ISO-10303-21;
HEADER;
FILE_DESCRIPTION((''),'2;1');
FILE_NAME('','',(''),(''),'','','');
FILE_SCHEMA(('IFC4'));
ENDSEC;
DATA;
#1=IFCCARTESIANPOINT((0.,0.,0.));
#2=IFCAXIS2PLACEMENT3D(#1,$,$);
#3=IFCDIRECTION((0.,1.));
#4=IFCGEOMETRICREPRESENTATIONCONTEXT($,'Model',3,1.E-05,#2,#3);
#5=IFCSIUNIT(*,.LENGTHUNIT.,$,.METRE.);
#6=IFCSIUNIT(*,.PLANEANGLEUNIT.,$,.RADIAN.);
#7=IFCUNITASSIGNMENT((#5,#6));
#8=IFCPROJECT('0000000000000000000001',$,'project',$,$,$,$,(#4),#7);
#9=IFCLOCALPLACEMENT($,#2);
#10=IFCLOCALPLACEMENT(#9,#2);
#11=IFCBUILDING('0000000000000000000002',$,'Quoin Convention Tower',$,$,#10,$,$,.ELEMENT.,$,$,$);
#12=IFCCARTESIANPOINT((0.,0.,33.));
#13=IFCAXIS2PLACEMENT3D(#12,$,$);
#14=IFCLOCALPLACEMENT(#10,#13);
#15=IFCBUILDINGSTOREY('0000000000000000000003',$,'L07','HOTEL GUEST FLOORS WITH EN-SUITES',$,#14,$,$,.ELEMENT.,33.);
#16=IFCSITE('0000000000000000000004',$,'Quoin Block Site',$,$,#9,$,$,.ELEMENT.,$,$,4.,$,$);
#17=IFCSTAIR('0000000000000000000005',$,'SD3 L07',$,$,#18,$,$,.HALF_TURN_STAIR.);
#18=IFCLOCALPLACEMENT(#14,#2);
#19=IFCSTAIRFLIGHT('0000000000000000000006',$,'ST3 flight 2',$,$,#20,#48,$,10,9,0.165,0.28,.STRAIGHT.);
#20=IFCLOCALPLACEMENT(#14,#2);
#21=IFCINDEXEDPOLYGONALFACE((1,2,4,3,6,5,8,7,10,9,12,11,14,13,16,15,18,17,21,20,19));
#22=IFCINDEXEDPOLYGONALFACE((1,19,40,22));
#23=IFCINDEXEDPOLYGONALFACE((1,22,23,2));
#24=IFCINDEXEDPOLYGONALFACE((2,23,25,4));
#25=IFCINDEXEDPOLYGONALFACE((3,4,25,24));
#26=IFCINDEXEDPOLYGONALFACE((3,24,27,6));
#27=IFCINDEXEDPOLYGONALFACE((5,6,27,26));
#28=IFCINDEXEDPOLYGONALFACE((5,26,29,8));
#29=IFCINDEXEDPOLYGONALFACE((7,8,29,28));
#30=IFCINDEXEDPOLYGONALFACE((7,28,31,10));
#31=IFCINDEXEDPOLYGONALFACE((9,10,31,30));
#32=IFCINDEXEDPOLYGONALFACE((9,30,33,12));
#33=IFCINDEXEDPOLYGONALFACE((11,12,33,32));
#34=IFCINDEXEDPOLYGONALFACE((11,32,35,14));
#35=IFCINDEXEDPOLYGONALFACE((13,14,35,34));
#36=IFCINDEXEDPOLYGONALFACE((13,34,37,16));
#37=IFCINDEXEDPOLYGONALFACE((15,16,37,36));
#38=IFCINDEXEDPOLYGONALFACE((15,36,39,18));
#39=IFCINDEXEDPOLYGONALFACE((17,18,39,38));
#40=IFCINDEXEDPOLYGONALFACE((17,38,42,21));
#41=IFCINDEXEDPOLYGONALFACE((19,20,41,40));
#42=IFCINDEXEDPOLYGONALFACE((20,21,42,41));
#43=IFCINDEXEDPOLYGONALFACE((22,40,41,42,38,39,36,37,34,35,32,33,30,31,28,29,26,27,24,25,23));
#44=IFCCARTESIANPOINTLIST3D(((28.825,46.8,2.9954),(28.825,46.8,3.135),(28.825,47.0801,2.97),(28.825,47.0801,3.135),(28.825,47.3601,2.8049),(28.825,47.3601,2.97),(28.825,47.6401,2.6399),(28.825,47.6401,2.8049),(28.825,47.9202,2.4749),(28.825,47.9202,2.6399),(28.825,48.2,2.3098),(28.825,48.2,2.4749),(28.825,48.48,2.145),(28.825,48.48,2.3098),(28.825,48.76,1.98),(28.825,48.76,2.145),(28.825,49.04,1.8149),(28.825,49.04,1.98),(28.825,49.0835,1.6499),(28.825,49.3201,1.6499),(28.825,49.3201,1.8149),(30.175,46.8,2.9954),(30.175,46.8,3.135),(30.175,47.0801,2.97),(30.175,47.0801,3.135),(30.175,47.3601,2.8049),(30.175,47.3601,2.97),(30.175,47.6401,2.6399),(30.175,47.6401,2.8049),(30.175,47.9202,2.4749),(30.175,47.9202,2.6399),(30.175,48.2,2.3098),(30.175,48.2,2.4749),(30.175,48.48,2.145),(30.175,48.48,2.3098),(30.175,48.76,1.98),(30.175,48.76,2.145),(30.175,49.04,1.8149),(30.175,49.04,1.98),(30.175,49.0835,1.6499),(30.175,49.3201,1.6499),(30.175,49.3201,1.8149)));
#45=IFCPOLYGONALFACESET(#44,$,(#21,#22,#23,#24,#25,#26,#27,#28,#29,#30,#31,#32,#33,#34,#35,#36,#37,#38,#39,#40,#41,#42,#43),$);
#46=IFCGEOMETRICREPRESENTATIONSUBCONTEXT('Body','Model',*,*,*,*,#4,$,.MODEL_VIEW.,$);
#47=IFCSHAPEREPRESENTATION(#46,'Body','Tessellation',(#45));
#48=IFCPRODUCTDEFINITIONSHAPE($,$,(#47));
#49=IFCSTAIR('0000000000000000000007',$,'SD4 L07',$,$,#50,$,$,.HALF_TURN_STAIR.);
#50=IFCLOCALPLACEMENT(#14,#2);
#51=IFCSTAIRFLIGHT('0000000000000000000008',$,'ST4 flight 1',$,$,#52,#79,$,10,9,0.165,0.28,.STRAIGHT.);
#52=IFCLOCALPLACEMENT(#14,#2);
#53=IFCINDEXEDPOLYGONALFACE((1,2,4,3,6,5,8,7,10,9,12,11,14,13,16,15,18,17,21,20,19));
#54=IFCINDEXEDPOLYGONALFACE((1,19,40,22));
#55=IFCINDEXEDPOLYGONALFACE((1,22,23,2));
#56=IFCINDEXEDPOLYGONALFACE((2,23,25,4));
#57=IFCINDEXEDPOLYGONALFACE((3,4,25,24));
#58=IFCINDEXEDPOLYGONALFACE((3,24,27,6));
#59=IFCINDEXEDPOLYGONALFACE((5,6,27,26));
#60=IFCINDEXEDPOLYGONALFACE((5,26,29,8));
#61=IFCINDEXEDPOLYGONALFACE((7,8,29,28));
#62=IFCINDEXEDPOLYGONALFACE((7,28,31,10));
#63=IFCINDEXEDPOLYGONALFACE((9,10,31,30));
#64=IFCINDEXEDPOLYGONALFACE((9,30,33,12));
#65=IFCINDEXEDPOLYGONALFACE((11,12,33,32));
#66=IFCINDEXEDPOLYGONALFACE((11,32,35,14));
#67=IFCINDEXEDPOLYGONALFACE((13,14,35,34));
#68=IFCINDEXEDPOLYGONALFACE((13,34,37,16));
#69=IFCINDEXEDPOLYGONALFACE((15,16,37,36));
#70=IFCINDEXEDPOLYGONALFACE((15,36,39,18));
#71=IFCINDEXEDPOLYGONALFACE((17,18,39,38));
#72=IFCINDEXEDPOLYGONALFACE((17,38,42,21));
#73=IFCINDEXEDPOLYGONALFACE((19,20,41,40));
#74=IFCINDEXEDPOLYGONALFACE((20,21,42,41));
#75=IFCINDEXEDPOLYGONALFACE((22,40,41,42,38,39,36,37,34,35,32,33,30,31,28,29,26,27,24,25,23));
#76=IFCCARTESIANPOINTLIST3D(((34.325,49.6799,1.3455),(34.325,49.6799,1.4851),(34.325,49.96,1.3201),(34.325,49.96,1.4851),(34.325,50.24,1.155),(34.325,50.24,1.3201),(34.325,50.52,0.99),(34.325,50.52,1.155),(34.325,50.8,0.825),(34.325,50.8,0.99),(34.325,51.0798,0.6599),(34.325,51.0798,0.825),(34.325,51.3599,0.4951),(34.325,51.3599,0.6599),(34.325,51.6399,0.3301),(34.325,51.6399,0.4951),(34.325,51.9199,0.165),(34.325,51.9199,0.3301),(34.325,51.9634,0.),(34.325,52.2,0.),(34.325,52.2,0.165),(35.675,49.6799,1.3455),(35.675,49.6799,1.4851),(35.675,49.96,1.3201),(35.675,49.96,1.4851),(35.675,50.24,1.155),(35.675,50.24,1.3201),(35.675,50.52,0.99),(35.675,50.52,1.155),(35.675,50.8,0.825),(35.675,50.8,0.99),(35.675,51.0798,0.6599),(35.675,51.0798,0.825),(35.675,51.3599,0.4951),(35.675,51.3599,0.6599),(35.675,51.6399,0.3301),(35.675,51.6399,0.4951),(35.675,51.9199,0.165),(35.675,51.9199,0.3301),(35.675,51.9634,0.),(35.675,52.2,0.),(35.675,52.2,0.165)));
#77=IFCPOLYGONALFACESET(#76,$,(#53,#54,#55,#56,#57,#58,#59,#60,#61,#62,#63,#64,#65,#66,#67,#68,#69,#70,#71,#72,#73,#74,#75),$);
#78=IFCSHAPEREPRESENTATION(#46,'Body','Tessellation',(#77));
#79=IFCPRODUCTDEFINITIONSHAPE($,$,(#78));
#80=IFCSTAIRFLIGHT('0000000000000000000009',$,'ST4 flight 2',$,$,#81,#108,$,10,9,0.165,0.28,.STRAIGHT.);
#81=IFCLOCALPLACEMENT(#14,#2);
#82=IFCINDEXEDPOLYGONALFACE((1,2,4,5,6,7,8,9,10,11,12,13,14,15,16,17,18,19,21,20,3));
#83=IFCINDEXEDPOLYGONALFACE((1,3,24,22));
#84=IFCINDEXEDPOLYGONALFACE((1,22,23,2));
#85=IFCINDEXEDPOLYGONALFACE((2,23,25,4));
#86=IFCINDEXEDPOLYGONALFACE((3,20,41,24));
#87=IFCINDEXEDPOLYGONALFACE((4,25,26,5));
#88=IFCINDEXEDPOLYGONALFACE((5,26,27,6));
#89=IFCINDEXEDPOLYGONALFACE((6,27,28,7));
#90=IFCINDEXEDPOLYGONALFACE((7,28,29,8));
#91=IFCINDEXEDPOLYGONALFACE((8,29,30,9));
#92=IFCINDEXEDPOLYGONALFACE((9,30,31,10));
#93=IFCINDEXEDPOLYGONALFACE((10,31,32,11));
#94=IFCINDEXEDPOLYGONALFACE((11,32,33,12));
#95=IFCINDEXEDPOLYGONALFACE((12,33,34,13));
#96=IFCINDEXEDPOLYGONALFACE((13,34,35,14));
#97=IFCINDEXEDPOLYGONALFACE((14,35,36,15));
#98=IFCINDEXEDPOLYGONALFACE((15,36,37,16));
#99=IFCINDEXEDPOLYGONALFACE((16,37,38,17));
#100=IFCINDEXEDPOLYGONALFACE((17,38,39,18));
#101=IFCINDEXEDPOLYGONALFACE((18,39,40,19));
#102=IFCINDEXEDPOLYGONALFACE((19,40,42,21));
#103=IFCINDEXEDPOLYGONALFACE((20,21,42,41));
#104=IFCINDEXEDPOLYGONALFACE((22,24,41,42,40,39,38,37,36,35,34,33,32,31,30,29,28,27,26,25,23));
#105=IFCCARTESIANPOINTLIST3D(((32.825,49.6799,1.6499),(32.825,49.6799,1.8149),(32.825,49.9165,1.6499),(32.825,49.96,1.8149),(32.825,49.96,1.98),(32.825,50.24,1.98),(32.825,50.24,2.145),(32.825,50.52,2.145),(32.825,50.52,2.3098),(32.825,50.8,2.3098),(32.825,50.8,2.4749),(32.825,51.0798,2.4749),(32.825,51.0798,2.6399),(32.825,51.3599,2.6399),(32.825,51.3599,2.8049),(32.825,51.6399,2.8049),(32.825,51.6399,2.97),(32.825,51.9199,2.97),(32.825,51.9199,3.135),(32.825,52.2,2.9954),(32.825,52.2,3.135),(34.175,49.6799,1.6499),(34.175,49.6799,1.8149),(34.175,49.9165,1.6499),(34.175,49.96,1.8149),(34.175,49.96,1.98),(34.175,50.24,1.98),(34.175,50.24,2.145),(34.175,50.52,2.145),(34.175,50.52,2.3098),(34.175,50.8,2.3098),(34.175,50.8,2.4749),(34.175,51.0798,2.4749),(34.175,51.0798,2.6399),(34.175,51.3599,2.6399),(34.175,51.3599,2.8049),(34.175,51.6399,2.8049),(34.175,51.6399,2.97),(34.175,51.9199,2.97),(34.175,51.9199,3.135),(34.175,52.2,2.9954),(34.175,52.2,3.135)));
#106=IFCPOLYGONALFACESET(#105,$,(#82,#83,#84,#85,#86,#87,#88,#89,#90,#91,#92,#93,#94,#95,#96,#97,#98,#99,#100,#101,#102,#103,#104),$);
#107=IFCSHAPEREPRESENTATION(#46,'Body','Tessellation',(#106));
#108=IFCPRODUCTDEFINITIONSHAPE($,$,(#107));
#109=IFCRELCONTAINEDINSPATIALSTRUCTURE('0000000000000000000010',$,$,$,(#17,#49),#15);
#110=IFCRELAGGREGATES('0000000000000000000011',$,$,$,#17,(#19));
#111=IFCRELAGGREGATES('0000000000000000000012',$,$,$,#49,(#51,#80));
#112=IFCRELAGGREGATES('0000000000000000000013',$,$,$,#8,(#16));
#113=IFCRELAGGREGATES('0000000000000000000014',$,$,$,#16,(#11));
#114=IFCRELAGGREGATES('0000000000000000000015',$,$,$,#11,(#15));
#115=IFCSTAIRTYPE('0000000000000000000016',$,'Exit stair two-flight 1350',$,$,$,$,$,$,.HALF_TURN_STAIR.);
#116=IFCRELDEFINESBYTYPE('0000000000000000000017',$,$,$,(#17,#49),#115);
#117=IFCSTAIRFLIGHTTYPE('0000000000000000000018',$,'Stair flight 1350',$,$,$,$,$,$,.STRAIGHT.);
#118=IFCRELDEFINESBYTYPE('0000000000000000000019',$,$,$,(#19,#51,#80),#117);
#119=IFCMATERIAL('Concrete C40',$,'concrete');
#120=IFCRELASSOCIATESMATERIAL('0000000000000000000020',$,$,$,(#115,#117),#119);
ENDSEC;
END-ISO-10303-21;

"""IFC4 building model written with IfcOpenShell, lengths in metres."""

from ifc_helpers import new_model, si_unit, direction, frame, origin, place, context, subcontext, project, spatial, polyline, outline, extrude, material, type_object, element, aggregate, save


model = new_model("IFC4")

# Units and contexts
model_context = context("Model", 3, precision=1e-05, world=origin(), true_north=direction((0.0, 1.0)))
body_context = subcontext(model_context, "Body", "Model", "MODEL_VIEW")
ifc_project = project(units=[si_unit("LENGTHUNIT", "METRE"), si_unit("PLANEANGLEUNIT", "RADIAN")], contexts=[model_context])

# Site, building, storey
site_placement = place(None, origin())
site = spatial("IfcSite", under=ifc_project, at=site_placement, Name="Quoin Block Site", CompositionType="ELEMENT", RefElevation=4.0)
building_placement = place(site_placement, origin())
building = spatial("IfcBuilding", under=site, at=building_placement, Name="Quoin Convention Tower", CompositionType="ELEMENT")
storey_placement = place(building_placement, frame((0.0, 0.0, 33.0)))
storey = spatial("IfcBuildingStorey", under=building, at=storey_placement, Name="L07", Description="HOTEL GUEST FLOORS WITH EN-SUITES", CompositionType="ELEMENT", Elevation=33.0)

# Stairs, stair flights
ifc_material_1 = material(Name="Concrete C40", Category="concrete")
stair_type = type_object("IfcStairType", Name="Exit stair two-flight 1350", PredefinedType="HALF_TURN_STAIR", material=ifc_material_1)
stair_1_placement = place(storey_placement, origin())
stair_1 = element("IfcStair", 1, at=stair_1_placement, inside=storey, type_object=stair_type, Name="SD3 L07", PredefinedType="HALF_TURN_STAIR")
stair_flight_type = type_object("IfcStairFlightType", Name="Stair flight 1350", PredefinedType="STRAIGHT", material=ifc_material_1)
stair_flight_1_placement = place(storey_placement, frame((29.5, 49.3201, 1.6499), z_axis=(0.0, 0.0, 1.0), x_axis=(0.0, -1.0, 0.0)))
stair_flight_1 = element("IfcStairFlight", 2, at=stair_flight_1_placement, type_object=stair_flight_type, Name="ST3 flight 2", NumberOfRisers=10, NumberOfTreads=9, PredefinedType="STRAIGHT", RiserHeight=0.165, TreadLength=0.28, context=body_context, shape_type="SweptSolid", body=[
    extrude(outline(polyline([(0.0, 0.0), (0.0, 0.165), (0.28, 0.165), (0.28, 0.3301), (0.5601, 0.3301), (0.5601, 0.4951), (0.8401, 0.4951), (0.8401, 0.6599), (1.1201, 0.6599), (1.1201, 0.825), (1.3999, 0.825), (1.3999, 0.99), (1.6799, 0.99), (1.6799, 1.155), (1.96, 1.155), (1.96, 1.3201), (2.24, 1.3201), (2.24, 1.4851), (2.52, 1.4851), (2.52, 1.6499), (2.52, 1.3455), (0.2366, 0.0), (0.0, 0.0)])), frame((0.0, 0.675, 0.0), z_axis=(0.0, -1.0, 0.0), x_axis=(1.0, 0.0, 0.0)), (0.0, 0.0, 1.0), 1.3501),
])
aggregate(stair_1, [stair_flight_1])
stair_2_placement = place(storey_placement, origin())
stair_2 = element("IfcStair", 3, at=stair_2_placement, inside=storey, type_object=stair_type, Name="SD4 L07", PredefinedType="HALF_TURN_STAIR")
stair_flight_2_placement = place(storey_placement, frame((35.0, 52.2, 0.0), z_axis=(0.0, 0.0, 1.0), x_axis=(0.0, -1.0, 0.0)))
stair_flight_2 = element("IfcStairFlight", 4, at=stair_flight_2_placement, type_object=stair_flight_type, Name="ST4 flight 1", NumberOfRisers=10, NumberOfTreads=9, PredefinedType="STRAIGHT", RiserHeight=0.165, TreadLength=0.28, context=body_context, shape_type="SweptSolid", body=[
    extrude(outline(polyline([(0.0, 0.0), (0.0, 0.165), (0.28, 0.165), (0.28, 0.3301), (0.5601, 0.3301), (0.5601, 0.4951), (0.8401, 0.4951), (0.8401, 0.6599), (1.1201, 0.6599), (1.1201, 0.825), (1.3999, 0.825), (1.3999, 0.99), (1.6799, 0.99), (1.6799, 1.155), (1.96, 1.155), (1.96, 1.3201), (2.24, 1.3201), (2.24, 1.4851), (2.52, 1.4851), (2.52, 1.6499), (2.52, 1.3455), (0.2366, 0.0), (0.0, 0.0)])), frame((0.0, 0.675, 0.0), z_axis=(0.0, -1.0, 0.0), x_axis=(1.0, 0.0, 0.0)), (0.0, 0.0, 1.0), 1.3501),
])
stair_flight_3_placement = place(storey_placement, frame((33.5, 49.6799, 1.6499), z_axis=(0.0, 0.0, 1.0), x_axis=(0.0, 1.0, 0.0)))
stair_flight_3 = element("IfcStairFlight", 5, at=stair_flight_3_placement, type_object=stair_flight_type, Name="ST4 flight 2", NumberOfRisers=10, NumberOfTreads=9, PredefinedType="STRAIGHT", RiserHeight=0.165, TreadLength=0.28, context=body_context, shape_type="SweptSolid", body=[
    extrude(outline(polyline([(0.0, 0.0), (0.0, 0.165), (0.28, 0.165), (0.28, 0.3301), (0.5601, 0.3301), (0.5601, 0.4951), (0.8401, 0.4951), (0.8401, 0.6599), (1.1201, 0.6599), (1.1201, 0.825), (1.3999, 0.825), (1.3999, 0.99), (1.6799, 0.99), (1.6799, 1.155), (1.96, 1.155), (1.96, 1.3201), (2.24, 1.3201), (2.24, 1.4851), (2.52, 1.4851), (2.52, 1.6499), (2.52, 1.3455), (0.2366, 0.0), (0.0, 0.0)])), frame((0.0, 0.675, 0.0), z_axis=(0.0, -1.0, 0.0), x_axis=(1.0, 0.0, 0.0)), (0.0, 0.0, 1.0), 1.3501),
])
aggregate(stair_2, [stair_flight_2, stair_flight_3])

save(model, "model.ifc")
